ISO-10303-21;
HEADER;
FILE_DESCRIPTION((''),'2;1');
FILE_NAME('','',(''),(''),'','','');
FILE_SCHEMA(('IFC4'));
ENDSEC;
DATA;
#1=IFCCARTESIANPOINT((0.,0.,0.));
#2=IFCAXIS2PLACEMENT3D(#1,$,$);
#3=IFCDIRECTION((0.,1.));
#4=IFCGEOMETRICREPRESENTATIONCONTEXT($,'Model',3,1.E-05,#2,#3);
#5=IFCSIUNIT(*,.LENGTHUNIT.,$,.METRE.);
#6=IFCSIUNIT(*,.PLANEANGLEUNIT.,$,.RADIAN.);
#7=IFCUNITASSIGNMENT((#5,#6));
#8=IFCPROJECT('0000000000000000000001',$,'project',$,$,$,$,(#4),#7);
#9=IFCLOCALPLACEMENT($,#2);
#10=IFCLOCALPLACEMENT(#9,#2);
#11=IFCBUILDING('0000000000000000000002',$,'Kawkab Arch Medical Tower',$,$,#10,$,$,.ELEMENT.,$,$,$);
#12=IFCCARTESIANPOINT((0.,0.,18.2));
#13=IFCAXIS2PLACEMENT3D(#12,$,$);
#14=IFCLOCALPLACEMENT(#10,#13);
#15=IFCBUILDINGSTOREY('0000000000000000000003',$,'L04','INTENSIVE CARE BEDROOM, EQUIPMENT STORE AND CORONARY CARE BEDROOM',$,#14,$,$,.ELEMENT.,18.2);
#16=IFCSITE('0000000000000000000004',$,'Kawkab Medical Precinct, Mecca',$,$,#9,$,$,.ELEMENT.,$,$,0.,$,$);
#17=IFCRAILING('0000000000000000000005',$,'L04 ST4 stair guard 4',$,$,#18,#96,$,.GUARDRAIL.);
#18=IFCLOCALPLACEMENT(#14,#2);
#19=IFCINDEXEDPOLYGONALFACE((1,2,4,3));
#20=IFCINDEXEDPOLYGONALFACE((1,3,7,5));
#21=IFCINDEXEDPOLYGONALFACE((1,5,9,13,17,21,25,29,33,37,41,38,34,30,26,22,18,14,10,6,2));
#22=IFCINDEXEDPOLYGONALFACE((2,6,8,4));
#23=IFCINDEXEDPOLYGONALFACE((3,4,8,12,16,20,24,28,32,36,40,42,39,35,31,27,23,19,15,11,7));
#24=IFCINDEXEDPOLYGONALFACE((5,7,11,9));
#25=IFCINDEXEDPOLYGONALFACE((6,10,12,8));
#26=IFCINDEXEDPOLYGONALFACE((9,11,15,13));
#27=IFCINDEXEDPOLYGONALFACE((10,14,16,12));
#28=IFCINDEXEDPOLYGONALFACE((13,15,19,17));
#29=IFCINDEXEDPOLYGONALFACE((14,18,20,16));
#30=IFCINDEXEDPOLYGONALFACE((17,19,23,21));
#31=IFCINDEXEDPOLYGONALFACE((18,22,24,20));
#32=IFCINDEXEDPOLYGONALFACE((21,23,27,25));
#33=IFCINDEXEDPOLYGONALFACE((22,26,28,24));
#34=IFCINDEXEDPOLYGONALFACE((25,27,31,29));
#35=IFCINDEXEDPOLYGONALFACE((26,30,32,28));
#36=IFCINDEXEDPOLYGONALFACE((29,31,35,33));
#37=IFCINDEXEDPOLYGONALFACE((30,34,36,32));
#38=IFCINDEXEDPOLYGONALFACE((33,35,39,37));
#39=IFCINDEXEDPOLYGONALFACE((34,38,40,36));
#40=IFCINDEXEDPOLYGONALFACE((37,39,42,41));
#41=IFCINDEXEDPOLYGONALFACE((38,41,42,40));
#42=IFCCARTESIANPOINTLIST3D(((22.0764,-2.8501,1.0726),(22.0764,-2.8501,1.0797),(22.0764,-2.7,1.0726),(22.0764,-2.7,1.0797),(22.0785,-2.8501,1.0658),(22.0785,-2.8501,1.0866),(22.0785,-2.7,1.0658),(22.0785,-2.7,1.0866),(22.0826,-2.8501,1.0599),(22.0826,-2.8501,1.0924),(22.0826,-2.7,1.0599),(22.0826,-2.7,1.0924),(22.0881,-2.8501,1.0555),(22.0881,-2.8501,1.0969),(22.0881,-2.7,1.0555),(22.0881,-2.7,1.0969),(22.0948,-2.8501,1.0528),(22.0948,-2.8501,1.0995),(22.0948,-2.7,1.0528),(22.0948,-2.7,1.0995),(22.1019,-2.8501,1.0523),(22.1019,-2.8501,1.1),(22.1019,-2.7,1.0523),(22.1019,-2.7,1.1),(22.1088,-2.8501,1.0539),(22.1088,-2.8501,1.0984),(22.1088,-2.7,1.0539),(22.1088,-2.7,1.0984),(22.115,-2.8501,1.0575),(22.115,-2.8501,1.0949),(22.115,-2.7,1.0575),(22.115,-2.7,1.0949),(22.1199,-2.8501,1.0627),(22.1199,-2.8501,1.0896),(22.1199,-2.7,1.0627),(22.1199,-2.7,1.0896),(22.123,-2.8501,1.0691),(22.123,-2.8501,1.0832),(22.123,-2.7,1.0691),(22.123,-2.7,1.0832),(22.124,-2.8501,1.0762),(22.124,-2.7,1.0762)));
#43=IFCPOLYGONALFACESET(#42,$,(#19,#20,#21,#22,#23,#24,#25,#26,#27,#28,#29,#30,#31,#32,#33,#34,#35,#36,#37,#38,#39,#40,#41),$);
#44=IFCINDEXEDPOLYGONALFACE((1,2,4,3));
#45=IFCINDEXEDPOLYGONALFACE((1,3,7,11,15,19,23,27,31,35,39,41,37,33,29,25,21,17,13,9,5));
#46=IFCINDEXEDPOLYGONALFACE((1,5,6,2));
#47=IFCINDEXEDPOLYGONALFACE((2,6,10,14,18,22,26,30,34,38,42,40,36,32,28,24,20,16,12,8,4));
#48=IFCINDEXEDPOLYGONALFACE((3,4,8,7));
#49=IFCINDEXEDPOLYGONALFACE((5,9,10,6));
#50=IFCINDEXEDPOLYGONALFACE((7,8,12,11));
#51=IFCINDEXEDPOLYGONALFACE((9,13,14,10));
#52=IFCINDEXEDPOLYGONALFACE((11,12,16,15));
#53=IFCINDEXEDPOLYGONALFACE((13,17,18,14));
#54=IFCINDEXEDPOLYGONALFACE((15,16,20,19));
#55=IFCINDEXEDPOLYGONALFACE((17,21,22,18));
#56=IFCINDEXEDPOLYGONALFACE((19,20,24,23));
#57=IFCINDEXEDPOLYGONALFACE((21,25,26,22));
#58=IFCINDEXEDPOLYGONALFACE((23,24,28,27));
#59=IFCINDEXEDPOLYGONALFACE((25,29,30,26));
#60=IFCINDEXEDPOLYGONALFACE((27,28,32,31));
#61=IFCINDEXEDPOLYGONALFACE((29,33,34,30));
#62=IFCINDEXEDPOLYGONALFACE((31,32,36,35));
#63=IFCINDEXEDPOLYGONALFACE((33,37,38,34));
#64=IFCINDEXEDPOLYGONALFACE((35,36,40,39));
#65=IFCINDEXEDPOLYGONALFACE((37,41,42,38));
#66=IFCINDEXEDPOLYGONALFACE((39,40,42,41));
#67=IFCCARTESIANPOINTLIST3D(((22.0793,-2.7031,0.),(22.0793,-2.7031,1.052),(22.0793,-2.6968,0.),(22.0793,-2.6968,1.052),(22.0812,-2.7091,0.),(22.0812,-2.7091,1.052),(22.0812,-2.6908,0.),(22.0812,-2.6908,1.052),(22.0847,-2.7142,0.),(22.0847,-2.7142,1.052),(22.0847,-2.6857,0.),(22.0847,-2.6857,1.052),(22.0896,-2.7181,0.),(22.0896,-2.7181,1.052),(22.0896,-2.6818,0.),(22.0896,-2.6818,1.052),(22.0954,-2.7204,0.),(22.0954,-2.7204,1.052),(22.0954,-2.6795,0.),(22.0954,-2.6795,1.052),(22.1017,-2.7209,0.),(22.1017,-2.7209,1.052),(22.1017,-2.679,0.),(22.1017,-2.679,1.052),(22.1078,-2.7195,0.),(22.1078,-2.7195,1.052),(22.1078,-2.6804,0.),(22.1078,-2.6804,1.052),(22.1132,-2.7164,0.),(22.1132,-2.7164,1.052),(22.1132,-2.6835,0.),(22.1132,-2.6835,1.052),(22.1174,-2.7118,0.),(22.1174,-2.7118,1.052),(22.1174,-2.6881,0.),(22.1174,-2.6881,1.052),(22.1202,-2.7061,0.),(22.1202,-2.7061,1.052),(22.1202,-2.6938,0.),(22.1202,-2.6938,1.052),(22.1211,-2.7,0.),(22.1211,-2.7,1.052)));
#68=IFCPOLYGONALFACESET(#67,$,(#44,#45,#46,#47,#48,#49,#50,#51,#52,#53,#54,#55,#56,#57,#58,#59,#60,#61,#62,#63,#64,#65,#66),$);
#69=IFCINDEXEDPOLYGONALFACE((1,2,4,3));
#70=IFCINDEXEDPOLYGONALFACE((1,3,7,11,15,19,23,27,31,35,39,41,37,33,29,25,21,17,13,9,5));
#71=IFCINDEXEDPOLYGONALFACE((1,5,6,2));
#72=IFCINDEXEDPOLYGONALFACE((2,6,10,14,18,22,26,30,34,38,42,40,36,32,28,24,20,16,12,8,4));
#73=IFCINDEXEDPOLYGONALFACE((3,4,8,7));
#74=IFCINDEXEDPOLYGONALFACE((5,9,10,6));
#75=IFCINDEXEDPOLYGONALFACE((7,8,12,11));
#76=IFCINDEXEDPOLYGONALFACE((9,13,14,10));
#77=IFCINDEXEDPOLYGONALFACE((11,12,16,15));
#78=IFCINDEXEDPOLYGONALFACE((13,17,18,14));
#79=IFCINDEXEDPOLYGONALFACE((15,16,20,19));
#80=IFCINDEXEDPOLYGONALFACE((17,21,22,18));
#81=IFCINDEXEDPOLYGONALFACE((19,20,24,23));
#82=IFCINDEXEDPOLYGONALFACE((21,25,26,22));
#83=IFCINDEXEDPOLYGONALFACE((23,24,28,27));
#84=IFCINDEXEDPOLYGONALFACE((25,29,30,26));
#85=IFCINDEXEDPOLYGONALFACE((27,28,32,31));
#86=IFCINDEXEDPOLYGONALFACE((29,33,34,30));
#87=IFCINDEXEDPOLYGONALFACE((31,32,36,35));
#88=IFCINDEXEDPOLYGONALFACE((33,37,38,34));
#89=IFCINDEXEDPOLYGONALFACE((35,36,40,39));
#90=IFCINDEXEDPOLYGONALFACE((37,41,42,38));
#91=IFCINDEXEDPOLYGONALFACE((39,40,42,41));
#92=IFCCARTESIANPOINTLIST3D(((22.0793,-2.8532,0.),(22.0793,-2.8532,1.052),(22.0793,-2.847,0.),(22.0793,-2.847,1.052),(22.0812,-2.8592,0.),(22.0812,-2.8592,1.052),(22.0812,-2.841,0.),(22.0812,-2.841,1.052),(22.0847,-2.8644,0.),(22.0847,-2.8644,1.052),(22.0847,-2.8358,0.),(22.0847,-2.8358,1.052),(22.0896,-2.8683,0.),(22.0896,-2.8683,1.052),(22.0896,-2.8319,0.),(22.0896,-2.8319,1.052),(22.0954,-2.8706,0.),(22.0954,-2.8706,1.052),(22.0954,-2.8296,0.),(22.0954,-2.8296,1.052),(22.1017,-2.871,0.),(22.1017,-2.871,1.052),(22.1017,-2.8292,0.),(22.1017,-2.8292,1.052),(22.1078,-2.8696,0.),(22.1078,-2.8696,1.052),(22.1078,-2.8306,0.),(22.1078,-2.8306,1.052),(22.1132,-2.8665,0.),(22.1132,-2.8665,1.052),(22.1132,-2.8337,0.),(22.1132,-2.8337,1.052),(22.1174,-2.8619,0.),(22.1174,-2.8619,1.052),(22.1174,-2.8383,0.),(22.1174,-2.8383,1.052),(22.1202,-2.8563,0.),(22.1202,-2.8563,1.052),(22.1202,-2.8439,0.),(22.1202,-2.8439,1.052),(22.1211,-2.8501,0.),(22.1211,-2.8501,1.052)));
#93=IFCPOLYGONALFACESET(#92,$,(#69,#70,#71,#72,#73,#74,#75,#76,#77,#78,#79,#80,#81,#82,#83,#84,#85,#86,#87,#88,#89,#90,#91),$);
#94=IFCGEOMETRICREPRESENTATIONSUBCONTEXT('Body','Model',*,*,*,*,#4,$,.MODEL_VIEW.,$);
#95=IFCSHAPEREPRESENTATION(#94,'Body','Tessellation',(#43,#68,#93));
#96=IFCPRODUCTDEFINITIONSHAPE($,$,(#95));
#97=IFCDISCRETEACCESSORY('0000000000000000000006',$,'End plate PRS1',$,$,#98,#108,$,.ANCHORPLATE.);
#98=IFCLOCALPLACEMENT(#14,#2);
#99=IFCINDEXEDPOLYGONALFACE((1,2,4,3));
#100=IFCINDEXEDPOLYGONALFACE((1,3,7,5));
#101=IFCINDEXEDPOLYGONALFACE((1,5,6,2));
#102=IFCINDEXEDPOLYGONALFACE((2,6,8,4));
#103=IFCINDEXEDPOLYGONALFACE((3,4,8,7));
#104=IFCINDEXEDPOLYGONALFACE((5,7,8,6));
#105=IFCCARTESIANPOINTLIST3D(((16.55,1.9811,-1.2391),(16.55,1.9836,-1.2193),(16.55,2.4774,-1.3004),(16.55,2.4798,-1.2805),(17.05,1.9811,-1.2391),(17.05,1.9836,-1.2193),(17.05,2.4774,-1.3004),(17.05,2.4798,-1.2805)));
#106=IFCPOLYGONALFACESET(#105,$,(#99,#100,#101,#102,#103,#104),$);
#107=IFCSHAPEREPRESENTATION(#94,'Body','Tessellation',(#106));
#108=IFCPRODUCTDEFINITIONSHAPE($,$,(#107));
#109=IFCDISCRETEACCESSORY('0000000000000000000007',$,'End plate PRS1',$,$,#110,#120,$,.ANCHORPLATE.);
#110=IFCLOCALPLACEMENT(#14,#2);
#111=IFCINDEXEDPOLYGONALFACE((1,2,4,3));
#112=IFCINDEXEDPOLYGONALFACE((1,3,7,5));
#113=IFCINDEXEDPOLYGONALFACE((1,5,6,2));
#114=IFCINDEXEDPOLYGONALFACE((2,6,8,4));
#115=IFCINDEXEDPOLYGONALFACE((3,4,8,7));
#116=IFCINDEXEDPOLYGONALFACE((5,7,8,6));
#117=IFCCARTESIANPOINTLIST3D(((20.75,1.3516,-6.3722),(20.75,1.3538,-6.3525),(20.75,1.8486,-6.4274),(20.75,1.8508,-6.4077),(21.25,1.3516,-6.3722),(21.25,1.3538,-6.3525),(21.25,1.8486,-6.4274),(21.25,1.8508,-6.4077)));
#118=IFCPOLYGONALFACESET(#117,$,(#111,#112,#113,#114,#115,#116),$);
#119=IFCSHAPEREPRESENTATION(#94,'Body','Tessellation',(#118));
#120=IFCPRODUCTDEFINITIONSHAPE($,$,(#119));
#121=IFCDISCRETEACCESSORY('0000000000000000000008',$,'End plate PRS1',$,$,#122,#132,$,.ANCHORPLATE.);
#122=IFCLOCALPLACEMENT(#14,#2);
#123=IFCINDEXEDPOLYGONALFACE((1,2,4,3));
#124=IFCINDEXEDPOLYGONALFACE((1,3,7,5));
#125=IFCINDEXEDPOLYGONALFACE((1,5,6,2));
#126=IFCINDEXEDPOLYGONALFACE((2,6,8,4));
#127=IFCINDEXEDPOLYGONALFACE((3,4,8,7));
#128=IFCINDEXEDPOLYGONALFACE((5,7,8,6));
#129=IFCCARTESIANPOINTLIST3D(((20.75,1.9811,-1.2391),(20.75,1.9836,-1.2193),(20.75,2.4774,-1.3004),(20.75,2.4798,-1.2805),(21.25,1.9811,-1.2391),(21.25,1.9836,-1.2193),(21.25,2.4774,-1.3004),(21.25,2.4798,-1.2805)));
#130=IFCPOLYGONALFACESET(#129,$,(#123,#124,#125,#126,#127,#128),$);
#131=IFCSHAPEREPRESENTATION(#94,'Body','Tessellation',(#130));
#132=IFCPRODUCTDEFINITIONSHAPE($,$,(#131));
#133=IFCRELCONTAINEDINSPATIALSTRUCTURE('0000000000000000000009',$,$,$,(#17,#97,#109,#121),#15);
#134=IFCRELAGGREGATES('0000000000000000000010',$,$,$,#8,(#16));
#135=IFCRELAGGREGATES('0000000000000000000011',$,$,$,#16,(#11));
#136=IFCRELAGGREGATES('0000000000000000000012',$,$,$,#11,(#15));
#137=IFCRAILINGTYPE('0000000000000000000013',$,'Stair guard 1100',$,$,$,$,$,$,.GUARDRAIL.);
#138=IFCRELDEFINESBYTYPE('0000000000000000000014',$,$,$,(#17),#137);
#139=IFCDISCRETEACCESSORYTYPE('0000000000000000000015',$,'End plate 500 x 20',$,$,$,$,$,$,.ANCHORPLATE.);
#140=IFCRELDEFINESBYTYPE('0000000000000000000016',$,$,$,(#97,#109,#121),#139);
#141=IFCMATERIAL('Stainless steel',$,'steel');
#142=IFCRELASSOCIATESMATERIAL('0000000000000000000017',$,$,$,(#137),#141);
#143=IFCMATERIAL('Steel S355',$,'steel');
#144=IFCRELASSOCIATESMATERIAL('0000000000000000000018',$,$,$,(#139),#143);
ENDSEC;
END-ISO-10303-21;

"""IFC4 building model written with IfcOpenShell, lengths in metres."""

from ifc_helpers import new_model, si_unit, direction, frame, origin, origin_2d, place, context, subcontext, project, spatial, rectangle, circle, extrude, material, material_profile, profile_set, type_object, element, save


model = new_model("IFC4")

# Units and contexts
model_context = context("Model", 3, precision=1e-05, world=origin(), true_north=direction((0.0, 1.0)))
body_context = subcontext(model_context, "Body", "Model", "MODEL_VIEW")
ifc_project = project(units=[si_unit("LENGTHUNIT", "METRE"), si_unit("PLANEANGLEUNIT", "RADIAN")], contexts=[model_context])

# Site, building, storey
site_placement = place(None, origin())
site = spatial("IfcSite", under=ifc_project, at=site_placement, Name="Kawkab Medical Precinct, Mecca", CompositionType="ELEMENT", RefElevation=0.0)
building_placement = place(site_placement, origin())
building = spatial("IfcBuilding", under=site, at=building_placement, Name="Kawkab Arch Medical Tower", CompositionType="ELEMENT")
storey_placement = place(building_placement, frame((0.0, 0.0, 18.2)))
storey = spatial("IfcBuildingStorey", under=building, at=storey_placement, Name="L04", Description="INTENSIVE CARE BEDROOM, EQUIPMENT STORE AND CORONARY CARE BEDROOM", CompositionType="ELEMENT", Elevation=18.2)

# Railing
ifc_material_1 = material(Name="Stainless steel", Category="steel")
railing_type = type_object("IfcRailingType", Name="Stair guard 1100", PredefinedType="GUARDRAIL", material=ifc_material_1)
railing_1_placement = place(storey_placement, frame((22.1001, -2.7, 0.0)))
element("IfcRailing", 1, at=railing_1_placement, inside=storey, type_object=railing_type, Name="L04 ST4 stair guard 4", PredefinedType="GUARDRAIL", context=body_context, shape_type="SweptSolid", body=[
    extrude(circle(Radius=0.0239, at=origin_2d()), frame((0.0, 0.0, 1.0762), z_axis=(0.0, -1.0, 0.0), x_axis=(1.0, 0.0, 0.0)), (0.0, 0.0, 1.0), 0.1501),
    extrude(circle(Radius=0.021, at=origin_2d()), origin(), (0.0, 0.0, 1.0), 1.052),
    extrude(circle(Radius=0.021, at=origin_2d()), frame((0.0, -0.1501, 0.0)), (0.0, 0.0, 1.0), 1.052),
])

# Discrete accessories
ifc_material_2 = material(Name="Steel S355", Category="steel")
ifc_material_profile_1 = material_profile(ifc_material_2, rectangle(XDim=0.5, YDim=0.5, at=origin_2d()), Name="End plate 500 x 20")
ifc_profile_set_1 = profile_set([ifc_material_profile_1], Name="Steel S355")
discrete_accessory_type = type_object("IfcDiscreteAccessoryType", Name="End plate 500 x 20", PredefinedType="ANCHORPLATE", material=ifc_profile_set_1)
discrete_accessory_1_placement = place(storey_placement, frame((16.8, 2.2292, -1.2698), z_axis=(0.0, 0.122527, 0.992465), x_axis=(-1.0, 0.0, 0.0)))
element("IfcDiscreteAccessory", 2, at=discrete_accessory_1_placement, inside=storey, type_object=discrete_accessory_type, Name="End plate PRS1", PredefinedType="ANCHORPLATE", context=body_context, shape_type="SweptSolid", body=[
    extrude(rectangle(XDim=0.5, YDim=0.5, at=origin_2d()), origin(), (0.0, 0.0, 1.0), 0.02),
])
discrete_accessory_2_placement = place(storey_placement, frame((21.0, 1.6023, -6.3801), z_axis=(0.0, -0.110432, -0.993884), x_axis=(1.0, 0.0, 0.0)))
element("IfcDiscreteAccessory", 3, at=discrete_accessory_2_placement, inside=storey, type_object=discrete_accessory_type, Name="End plate PRS1", PredefinedType="ANCHORPLATE", context=body_context, shape_type="SweptSolid", body=[
    extrude(rectangle(XDim=0.5, YDim=0.5, at=origin_2d()), origin(), (0.0, 0.0, 1.0), 0.0198),
])
discrete_accessory_3_placement = place(storey_placement, frame((21.0, 2.2292, -1.2698), z_axis=(0.0, 0.122527, 0.992465), x_axis=(-1.0, 0.0, 0.0)))
element("IfcDiscreteAccessory", 4, at=discrete_accessory_3_placement, inside=storey, type_object=discrete_accessory_type, Name="End plate PRS1", PredefinedType="ANCHORPLATE", context=body_context, shape_type="SweptSolid", body=[
    extrude(rectangle(XDim=0.5, YDim=0.5, at=origin_2d()), origin(), (0.0, 0.0, 1.0), 0.02),
])

save(model, "model.ifc")
